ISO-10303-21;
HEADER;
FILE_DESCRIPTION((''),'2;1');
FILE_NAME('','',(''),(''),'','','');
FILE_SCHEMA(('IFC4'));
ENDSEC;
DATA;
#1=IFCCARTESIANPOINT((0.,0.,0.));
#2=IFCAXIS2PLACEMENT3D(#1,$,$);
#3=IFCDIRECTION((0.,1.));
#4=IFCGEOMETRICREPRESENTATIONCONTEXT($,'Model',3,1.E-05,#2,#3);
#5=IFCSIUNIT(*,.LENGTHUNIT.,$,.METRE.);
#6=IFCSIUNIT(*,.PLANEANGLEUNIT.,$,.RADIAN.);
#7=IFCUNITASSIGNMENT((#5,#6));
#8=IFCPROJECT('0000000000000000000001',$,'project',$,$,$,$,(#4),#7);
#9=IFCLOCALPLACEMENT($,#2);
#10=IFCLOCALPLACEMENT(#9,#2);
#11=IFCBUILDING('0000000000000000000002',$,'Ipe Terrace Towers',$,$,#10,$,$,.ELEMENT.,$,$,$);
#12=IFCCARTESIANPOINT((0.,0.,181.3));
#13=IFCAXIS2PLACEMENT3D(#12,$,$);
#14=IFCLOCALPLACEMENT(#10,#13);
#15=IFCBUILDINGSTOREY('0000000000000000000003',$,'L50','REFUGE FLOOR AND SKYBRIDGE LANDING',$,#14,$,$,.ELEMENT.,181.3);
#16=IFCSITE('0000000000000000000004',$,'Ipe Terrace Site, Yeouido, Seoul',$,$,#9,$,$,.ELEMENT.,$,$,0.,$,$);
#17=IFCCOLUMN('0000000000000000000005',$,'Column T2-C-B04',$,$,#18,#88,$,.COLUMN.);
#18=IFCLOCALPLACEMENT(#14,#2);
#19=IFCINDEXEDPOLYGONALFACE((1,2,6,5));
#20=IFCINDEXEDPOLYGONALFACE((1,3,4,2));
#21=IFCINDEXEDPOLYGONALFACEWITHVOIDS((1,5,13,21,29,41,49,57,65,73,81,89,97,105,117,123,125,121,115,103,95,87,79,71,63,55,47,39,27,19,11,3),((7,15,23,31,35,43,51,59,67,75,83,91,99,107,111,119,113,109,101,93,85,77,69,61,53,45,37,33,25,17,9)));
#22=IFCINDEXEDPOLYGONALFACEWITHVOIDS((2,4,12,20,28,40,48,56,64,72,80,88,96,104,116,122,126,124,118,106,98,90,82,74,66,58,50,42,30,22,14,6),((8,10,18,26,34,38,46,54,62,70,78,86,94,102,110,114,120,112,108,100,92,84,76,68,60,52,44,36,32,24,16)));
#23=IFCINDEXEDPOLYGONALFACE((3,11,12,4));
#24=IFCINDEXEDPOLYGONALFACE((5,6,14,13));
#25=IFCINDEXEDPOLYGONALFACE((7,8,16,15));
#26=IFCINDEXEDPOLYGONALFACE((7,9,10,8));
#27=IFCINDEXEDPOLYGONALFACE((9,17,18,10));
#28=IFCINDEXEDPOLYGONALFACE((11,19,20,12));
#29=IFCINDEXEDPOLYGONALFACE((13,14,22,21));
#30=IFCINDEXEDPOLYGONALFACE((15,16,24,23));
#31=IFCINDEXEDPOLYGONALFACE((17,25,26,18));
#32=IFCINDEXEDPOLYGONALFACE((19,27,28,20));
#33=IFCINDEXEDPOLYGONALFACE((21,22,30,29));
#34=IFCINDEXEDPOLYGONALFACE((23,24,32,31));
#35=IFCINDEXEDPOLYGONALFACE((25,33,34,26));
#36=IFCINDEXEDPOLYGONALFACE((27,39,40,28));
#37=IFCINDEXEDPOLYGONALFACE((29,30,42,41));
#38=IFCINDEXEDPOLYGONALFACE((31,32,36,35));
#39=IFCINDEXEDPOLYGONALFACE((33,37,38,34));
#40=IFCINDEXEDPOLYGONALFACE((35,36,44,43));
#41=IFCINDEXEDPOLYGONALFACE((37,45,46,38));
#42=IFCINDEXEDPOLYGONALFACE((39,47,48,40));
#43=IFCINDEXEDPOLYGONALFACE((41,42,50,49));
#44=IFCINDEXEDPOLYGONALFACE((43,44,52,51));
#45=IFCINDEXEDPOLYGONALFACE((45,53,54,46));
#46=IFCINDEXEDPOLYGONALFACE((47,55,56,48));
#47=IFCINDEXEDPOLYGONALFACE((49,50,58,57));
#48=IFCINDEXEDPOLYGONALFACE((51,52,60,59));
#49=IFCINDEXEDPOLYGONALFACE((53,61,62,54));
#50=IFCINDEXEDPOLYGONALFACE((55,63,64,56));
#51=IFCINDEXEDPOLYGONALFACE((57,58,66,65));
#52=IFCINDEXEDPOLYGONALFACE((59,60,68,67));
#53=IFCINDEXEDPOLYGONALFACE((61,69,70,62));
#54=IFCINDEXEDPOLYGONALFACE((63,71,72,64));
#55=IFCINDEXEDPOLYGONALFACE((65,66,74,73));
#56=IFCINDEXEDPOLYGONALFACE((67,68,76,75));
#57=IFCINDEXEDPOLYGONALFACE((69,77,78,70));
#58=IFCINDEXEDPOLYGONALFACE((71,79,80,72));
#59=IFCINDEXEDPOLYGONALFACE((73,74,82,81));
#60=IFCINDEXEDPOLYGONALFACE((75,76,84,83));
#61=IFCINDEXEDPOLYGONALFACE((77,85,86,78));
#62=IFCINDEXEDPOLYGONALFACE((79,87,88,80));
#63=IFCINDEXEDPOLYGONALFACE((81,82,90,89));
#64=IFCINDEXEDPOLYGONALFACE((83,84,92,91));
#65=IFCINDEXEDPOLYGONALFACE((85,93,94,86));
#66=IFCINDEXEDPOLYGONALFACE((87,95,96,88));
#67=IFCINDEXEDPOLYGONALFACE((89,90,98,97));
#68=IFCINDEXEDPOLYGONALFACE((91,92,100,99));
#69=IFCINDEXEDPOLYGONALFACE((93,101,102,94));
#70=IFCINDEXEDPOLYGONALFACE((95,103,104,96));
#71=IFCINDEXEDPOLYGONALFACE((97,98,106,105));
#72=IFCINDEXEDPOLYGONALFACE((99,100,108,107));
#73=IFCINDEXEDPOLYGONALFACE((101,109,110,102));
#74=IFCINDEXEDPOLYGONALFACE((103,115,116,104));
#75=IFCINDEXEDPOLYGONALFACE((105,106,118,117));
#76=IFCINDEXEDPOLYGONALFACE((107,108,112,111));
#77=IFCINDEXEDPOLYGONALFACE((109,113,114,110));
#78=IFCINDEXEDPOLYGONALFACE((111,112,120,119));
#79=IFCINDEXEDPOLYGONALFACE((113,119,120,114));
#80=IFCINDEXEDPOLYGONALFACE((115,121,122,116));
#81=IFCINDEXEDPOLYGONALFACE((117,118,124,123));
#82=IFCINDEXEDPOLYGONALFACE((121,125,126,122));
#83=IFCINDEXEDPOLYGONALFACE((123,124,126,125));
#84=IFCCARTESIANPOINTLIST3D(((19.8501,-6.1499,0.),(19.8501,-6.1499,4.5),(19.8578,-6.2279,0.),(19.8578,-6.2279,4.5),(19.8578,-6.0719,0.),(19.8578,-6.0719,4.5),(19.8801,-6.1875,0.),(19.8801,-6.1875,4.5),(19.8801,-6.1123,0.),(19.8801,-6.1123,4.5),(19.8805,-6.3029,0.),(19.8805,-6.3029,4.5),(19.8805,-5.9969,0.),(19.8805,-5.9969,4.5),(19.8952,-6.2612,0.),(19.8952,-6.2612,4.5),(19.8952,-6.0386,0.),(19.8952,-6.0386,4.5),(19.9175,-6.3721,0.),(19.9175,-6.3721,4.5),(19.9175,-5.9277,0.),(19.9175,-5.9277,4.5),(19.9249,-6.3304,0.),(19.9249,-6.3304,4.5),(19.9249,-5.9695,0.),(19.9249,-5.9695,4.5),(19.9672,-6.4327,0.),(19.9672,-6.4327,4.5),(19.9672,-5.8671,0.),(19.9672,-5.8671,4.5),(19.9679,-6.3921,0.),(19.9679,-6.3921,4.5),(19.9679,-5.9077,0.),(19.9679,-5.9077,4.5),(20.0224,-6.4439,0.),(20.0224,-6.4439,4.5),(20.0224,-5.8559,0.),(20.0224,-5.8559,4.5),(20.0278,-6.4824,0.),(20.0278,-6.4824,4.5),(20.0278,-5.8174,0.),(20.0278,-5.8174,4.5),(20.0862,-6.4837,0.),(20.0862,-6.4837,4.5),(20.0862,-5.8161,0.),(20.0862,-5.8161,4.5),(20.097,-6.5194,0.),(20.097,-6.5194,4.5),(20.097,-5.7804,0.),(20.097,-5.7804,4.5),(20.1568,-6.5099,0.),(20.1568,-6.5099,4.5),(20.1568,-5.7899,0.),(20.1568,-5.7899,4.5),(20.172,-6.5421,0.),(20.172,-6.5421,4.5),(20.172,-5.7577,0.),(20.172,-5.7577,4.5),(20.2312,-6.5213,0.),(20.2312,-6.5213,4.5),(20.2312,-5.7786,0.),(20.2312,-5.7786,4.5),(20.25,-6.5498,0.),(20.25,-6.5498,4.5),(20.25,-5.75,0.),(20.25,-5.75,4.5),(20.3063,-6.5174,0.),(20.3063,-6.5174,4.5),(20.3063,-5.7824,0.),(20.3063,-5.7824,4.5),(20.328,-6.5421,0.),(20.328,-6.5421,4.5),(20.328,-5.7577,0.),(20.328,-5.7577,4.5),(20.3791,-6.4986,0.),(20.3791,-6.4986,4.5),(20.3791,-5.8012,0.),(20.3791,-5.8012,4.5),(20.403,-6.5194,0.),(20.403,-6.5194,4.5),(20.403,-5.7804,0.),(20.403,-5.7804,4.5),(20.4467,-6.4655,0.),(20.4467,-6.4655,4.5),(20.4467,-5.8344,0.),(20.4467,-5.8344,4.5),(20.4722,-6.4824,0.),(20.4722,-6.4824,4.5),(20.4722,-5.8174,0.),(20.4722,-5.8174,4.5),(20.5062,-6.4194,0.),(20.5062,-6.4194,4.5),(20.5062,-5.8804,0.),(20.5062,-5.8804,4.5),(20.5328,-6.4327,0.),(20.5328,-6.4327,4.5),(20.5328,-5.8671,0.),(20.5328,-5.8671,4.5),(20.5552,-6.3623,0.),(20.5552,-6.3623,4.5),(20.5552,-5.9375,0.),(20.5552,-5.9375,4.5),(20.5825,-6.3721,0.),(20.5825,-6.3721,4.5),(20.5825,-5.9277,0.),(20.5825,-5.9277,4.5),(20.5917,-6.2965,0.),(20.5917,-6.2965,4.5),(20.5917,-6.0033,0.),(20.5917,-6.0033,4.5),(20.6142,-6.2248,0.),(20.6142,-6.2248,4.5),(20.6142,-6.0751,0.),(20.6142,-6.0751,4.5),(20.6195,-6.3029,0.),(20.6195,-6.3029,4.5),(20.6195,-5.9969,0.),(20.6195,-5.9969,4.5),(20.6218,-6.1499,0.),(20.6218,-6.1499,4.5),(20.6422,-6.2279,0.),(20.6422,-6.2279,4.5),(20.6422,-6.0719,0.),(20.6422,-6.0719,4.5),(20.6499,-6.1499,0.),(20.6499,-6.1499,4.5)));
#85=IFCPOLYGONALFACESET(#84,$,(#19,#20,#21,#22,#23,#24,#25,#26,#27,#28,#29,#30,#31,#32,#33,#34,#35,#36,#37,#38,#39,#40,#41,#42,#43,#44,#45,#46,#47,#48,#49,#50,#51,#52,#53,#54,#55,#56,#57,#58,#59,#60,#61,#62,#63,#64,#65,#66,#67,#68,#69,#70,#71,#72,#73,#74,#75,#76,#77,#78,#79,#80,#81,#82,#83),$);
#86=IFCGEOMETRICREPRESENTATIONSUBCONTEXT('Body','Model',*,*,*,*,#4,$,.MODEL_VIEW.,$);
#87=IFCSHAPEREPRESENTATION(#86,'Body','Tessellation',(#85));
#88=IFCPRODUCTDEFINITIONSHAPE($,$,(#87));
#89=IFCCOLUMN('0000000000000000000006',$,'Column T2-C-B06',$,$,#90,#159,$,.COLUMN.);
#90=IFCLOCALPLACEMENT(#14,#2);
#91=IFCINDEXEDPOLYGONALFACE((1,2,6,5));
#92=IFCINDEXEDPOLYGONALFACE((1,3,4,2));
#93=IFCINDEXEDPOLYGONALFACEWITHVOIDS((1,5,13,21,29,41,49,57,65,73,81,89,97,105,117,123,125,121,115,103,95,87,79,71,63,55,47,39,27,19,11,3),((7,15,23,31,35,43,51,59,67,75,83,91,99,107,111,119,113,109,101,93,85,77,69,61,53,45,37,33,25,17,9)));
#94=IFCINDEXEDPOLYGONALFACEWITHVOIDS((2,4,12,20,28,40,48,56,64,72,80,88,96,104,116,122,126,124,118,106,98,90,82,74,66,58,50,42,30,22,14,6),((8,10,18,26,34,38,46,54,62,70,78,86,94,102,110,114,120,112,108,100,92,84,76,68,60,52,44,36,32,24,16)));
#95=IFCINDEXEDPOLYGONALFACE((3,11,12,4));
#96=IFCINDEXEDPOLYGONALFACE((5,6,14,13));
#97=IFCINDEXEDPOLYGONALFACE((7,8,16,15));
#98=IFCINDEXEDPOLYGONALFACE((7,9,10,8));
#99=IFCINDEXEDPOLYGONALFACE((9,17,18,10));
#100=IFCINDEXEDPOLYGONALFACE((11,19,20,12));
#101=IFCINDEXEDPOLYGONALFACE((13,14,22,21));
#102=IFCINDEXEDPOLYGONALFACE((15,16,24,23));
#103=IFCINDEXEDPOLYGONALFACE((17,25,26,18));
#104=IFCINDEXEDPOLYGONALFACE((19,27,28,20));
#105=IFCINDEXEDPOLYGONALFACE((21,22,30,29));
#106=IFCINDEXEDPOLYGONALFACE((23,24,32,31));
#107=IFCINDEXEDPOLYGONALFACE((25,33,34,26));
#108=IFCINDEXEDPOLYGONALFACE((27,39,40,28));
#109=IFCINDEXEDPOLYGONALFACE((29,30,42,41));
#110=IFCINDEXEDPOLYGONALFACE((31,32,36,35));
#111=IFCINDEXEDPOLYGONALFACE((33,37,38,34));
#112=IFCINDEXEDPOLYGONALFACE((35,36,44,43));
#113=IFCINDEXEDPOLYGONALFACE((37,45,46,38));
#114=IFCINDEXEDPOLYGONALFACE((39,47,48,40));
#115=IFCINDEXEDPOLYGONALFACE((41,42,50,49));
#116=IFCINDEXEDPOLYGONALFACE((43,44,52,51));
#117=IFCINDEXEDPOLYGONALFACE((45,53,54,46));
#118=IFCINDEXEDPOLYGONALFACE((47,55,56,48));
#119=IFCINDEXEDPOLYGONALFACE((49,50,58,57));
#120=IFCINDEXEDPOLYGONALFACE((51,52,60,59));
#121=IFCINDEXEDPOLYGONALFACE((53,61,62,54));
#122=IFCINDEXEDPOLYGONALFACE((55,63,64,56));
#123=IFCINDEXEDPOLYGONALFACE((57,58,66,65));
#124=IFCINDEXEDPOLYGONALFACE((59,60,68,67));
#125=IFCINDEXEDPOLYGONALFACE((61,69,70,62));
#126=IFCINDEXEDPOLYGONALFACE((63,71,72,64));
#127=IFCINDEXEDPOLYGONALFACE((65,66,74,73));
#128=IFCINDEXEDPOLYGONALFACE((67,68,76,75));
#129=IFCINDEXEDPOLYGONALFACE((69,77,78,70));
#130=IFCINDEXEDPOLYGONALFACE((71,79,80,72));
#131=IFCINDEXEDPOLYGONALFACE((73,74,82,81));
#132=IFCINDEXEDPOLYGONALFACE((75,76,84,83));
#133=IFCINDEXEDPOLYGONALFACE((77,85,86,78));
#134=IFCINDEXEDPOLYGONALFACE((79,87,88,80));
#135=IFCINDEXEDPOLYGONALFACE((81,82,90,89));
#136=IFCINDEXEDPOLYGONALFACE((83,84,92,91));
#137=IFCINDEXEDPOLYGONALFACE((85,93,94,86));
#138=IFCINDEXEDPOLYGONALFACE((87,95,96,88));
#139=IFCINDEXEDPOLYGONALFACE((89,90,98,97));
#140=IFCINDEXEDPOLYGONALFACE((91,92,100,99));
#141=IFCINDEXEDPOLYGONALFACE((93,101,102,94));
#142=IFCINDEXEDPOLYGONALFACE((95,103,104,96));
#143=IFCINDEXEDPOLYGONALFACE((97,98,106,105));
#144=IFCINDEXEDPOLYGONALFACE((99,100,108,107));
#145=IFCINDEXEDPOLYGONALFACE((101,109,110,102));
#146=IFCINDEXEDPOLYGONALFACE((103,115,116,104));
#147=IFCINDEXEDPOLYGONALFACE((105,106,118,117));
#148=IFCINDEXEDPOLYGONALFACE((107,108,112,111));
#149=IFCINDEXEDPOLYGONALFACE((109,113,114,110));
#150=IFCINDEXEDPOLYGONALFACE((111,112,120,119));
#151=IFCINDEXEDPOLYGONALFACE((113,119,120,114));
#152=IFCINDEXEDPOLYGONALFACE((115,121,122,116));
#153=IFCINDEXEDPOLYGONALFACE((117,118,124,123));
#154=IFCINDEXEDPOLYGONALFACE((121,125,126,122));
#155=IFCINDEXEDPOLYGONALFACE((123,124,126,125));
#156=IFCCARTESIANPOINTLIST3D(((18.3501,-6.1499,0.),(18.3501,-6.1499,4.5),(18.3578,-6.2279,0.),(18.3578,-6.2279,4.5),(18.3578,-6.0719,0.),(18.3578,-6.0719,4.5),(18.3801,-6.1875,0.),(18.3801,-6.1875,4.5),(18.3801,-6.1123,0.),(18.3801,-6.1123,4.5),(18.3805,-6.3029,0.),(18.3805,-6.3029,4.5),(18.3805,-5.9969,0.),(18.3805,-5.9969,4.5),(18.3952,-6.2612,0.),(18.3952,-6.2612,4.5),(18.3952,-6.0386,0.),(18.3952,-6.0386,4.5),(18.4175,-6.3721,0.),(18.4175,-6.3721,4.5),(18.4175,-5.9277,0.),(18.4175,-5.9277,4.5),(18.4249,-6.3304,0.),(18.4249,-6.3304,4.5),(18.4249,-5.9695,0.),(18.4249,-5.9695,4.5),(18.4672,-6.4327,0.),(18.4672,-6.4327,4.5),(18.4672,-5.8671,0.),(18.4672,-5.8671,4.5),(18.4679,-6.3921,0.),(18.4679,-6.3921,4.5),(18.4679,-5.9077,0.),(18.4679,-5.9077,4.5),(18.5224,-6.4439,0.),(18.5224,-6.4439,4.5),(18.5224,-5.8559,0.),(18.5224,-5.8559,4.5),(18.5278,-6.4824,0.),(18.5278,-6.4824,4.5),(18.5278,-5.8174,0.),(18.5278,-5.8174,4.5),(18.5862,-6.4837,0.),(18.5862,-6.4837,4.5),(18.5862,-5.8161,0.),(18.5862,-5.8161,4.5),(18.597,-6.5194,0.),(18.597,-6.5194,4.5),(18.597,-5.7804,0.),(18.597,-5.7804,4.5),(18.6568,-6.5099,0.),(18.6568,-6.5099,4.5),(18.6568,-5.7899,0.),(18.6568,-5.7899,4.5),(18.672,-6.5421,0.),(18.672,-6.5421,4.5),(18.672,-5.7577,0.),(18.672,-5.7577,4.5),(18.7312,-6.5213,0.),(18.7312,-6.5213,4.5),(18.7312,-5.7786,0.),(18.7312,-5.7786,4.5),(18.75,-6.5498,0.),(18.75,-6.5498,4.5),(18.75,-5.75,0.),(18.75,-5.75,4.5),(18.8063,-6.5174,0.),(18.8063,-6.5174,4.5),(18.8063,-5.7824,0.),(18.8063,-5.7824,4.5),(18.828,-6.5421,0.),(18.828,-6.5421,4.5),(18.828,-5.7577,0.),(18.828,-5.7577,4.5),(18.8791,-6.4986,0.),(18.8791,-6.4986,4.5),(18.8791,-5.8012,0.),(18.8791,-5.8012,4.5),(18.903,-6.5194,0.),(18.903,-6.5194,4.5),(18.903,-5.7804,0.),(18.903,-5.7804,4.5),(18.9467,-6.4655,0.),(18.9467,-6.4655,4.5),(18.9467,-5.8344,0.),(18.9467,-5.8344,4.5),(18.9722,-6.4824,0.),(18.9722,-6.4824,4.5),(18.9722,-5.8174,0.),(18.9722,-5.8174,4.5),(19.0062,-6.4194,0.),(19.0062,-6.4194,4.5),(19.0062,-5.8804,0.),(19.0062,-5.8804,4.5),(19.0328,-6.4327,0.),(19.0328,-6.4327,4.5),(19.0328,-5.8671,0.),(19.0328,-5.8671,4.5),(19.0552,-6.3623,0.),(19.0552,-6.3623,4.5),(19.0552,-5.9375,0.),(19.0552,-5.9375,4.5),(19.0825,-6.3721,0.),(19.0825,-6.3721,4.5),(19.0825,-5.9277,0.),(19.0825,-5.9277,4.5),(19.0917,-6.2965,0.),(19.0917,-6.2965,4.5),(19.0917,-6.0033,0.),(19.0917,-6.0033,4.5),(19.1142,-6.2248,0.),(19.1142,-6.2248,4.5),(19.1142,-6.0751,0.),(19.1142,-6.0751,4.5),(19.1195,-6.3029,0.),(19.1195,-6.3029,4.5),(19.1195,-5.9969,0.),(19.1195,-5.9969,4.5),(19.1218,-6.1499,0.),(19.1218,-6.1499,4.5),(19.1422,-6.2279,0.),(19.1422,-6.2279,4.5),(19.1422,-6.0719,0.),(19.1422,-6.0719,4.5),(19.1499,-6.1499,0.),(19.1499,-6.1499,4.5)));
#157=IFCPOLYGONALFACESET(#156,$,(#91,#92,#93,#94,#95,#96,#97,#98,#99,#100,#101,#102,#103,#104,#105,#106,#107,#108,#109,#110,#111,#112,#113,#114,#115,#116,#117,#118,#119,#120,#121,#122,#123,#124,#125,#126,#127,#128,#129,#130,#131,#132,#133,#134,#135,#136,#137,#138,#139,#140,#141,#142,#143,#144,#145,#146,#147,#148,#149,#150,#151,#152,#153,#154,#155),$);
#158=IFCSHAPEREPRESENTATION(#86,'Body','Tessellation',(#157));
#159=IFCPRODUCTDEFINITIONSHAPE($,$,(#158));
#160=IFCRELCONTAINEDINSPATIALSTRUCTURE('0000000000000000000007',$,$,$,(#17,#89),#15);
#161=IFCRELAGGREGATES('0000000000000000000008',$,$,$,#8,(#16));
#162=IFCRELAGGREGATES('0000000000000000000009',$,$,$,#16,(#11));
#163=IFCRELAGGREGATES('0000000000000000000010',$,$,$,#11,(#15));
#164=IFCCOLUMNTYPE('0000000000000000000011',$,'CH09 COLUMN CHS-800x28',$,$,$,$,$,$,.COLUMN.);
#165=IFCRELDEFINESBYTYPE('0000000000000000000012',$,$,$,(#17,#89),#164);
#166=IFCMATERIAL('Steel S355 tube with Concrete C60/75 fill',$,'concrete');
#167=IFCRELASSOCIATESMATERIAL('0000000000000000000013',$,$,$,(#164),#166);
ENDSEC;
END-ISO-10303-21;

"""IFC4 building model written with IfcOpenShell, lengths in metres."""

from ifc_helpers import new_model, si_unit, direction, frame, origin, origin_2d, place, context, subcontext, project, spatial, hollow_circle, extrude, material, material_profile, profile_set, type_object, element, save


model = new_model("IFC4")

# Units and contexts
model_context = context("Model", 3, precision=1e-05, world=origin(), true_north=direction((0.0, 1.0)))
body_context = subcontext(model_context, "Body", "Model", "MODEL_VIEW")
ifc_project = project(units=[si_unit("LENGTHUNIT", "METRE"), si_unit("PLANEANGLEUNIT", "RADIAN")], contexts=[model_context])

# Site, building, storey
site_placement = place(None, origin())
site = spatial("IfcSite", under=ifc_project, at=site_placement, Name="Ipe Terrace Site, Yeouido, Seoul", CompositionType="ELEMENT", RefElevation=0.0)
building_placement = place(site_placement, origin())
building = spatial("IfcBuilding", under=site, at=building_placement, Name="Ipe Terrace Towers", CompositionType="ELEMENT")
storey_placement = place(building_placement, frame((0.0, 0.0, 181.3)))
storey = spatial("IfcBuildingStorey", under=building, at=storey_placement, Name="L50", Description="REFUGE FLOOR AND SKYBRIDGE LANDING", CompositionType="ELEMENT", Elevation=181.3)

# Columns
ifc_material_1 = material(Name="Steel S355 tube with Concrete C60/75 fill", Category="concrete")
ifc_material_profile_1 = material_profile(ifc_material_1, hollow_circle(Radius=0.3999, WallThickness=0.0281, at=origin_2d()), Name="CHS-800x28")
ifc_profile_set_1 = profile_set([ifc_material_profile_1], Name="Steel S355 tube with Concrete C60/75 fill")
column_type = type_object("IfcColumnType", Name="CH09 COLUMN CHS-800x28", PredefinedType="COLUMN", material=ifc_profile_set_1)
for number, where, z_axis, x_axis, name in (
    (1, (20.25, -6.1499, 0.0), (0.0, 0.0, 1.0), (1.0, 0.0, 0.0), "Column T2-C-B04"),
    (2, (18.75, -6.1499, 0.0), (0.0, 0.0, 1.0), (1.0, 0.0, 0.0), "Column T2-C-B06"),
):
    element("IfcColumn", number, at=place(storey_placement, frame(where, z_axis=z_axis, x_axis=x_axis)), inside=storey, type_object=column_type, Name=name, PredefinedType="COLUMN", context=body_context, shape_type="SweptSolid", body=[
        extrude(hollow_circle(Radius=0.3999, WallThickness=0.0281, at=origin_2d()), origin(), (0.0, 0.0, 1.0), 4.5),
    ])

save(model, "model.ifc")
